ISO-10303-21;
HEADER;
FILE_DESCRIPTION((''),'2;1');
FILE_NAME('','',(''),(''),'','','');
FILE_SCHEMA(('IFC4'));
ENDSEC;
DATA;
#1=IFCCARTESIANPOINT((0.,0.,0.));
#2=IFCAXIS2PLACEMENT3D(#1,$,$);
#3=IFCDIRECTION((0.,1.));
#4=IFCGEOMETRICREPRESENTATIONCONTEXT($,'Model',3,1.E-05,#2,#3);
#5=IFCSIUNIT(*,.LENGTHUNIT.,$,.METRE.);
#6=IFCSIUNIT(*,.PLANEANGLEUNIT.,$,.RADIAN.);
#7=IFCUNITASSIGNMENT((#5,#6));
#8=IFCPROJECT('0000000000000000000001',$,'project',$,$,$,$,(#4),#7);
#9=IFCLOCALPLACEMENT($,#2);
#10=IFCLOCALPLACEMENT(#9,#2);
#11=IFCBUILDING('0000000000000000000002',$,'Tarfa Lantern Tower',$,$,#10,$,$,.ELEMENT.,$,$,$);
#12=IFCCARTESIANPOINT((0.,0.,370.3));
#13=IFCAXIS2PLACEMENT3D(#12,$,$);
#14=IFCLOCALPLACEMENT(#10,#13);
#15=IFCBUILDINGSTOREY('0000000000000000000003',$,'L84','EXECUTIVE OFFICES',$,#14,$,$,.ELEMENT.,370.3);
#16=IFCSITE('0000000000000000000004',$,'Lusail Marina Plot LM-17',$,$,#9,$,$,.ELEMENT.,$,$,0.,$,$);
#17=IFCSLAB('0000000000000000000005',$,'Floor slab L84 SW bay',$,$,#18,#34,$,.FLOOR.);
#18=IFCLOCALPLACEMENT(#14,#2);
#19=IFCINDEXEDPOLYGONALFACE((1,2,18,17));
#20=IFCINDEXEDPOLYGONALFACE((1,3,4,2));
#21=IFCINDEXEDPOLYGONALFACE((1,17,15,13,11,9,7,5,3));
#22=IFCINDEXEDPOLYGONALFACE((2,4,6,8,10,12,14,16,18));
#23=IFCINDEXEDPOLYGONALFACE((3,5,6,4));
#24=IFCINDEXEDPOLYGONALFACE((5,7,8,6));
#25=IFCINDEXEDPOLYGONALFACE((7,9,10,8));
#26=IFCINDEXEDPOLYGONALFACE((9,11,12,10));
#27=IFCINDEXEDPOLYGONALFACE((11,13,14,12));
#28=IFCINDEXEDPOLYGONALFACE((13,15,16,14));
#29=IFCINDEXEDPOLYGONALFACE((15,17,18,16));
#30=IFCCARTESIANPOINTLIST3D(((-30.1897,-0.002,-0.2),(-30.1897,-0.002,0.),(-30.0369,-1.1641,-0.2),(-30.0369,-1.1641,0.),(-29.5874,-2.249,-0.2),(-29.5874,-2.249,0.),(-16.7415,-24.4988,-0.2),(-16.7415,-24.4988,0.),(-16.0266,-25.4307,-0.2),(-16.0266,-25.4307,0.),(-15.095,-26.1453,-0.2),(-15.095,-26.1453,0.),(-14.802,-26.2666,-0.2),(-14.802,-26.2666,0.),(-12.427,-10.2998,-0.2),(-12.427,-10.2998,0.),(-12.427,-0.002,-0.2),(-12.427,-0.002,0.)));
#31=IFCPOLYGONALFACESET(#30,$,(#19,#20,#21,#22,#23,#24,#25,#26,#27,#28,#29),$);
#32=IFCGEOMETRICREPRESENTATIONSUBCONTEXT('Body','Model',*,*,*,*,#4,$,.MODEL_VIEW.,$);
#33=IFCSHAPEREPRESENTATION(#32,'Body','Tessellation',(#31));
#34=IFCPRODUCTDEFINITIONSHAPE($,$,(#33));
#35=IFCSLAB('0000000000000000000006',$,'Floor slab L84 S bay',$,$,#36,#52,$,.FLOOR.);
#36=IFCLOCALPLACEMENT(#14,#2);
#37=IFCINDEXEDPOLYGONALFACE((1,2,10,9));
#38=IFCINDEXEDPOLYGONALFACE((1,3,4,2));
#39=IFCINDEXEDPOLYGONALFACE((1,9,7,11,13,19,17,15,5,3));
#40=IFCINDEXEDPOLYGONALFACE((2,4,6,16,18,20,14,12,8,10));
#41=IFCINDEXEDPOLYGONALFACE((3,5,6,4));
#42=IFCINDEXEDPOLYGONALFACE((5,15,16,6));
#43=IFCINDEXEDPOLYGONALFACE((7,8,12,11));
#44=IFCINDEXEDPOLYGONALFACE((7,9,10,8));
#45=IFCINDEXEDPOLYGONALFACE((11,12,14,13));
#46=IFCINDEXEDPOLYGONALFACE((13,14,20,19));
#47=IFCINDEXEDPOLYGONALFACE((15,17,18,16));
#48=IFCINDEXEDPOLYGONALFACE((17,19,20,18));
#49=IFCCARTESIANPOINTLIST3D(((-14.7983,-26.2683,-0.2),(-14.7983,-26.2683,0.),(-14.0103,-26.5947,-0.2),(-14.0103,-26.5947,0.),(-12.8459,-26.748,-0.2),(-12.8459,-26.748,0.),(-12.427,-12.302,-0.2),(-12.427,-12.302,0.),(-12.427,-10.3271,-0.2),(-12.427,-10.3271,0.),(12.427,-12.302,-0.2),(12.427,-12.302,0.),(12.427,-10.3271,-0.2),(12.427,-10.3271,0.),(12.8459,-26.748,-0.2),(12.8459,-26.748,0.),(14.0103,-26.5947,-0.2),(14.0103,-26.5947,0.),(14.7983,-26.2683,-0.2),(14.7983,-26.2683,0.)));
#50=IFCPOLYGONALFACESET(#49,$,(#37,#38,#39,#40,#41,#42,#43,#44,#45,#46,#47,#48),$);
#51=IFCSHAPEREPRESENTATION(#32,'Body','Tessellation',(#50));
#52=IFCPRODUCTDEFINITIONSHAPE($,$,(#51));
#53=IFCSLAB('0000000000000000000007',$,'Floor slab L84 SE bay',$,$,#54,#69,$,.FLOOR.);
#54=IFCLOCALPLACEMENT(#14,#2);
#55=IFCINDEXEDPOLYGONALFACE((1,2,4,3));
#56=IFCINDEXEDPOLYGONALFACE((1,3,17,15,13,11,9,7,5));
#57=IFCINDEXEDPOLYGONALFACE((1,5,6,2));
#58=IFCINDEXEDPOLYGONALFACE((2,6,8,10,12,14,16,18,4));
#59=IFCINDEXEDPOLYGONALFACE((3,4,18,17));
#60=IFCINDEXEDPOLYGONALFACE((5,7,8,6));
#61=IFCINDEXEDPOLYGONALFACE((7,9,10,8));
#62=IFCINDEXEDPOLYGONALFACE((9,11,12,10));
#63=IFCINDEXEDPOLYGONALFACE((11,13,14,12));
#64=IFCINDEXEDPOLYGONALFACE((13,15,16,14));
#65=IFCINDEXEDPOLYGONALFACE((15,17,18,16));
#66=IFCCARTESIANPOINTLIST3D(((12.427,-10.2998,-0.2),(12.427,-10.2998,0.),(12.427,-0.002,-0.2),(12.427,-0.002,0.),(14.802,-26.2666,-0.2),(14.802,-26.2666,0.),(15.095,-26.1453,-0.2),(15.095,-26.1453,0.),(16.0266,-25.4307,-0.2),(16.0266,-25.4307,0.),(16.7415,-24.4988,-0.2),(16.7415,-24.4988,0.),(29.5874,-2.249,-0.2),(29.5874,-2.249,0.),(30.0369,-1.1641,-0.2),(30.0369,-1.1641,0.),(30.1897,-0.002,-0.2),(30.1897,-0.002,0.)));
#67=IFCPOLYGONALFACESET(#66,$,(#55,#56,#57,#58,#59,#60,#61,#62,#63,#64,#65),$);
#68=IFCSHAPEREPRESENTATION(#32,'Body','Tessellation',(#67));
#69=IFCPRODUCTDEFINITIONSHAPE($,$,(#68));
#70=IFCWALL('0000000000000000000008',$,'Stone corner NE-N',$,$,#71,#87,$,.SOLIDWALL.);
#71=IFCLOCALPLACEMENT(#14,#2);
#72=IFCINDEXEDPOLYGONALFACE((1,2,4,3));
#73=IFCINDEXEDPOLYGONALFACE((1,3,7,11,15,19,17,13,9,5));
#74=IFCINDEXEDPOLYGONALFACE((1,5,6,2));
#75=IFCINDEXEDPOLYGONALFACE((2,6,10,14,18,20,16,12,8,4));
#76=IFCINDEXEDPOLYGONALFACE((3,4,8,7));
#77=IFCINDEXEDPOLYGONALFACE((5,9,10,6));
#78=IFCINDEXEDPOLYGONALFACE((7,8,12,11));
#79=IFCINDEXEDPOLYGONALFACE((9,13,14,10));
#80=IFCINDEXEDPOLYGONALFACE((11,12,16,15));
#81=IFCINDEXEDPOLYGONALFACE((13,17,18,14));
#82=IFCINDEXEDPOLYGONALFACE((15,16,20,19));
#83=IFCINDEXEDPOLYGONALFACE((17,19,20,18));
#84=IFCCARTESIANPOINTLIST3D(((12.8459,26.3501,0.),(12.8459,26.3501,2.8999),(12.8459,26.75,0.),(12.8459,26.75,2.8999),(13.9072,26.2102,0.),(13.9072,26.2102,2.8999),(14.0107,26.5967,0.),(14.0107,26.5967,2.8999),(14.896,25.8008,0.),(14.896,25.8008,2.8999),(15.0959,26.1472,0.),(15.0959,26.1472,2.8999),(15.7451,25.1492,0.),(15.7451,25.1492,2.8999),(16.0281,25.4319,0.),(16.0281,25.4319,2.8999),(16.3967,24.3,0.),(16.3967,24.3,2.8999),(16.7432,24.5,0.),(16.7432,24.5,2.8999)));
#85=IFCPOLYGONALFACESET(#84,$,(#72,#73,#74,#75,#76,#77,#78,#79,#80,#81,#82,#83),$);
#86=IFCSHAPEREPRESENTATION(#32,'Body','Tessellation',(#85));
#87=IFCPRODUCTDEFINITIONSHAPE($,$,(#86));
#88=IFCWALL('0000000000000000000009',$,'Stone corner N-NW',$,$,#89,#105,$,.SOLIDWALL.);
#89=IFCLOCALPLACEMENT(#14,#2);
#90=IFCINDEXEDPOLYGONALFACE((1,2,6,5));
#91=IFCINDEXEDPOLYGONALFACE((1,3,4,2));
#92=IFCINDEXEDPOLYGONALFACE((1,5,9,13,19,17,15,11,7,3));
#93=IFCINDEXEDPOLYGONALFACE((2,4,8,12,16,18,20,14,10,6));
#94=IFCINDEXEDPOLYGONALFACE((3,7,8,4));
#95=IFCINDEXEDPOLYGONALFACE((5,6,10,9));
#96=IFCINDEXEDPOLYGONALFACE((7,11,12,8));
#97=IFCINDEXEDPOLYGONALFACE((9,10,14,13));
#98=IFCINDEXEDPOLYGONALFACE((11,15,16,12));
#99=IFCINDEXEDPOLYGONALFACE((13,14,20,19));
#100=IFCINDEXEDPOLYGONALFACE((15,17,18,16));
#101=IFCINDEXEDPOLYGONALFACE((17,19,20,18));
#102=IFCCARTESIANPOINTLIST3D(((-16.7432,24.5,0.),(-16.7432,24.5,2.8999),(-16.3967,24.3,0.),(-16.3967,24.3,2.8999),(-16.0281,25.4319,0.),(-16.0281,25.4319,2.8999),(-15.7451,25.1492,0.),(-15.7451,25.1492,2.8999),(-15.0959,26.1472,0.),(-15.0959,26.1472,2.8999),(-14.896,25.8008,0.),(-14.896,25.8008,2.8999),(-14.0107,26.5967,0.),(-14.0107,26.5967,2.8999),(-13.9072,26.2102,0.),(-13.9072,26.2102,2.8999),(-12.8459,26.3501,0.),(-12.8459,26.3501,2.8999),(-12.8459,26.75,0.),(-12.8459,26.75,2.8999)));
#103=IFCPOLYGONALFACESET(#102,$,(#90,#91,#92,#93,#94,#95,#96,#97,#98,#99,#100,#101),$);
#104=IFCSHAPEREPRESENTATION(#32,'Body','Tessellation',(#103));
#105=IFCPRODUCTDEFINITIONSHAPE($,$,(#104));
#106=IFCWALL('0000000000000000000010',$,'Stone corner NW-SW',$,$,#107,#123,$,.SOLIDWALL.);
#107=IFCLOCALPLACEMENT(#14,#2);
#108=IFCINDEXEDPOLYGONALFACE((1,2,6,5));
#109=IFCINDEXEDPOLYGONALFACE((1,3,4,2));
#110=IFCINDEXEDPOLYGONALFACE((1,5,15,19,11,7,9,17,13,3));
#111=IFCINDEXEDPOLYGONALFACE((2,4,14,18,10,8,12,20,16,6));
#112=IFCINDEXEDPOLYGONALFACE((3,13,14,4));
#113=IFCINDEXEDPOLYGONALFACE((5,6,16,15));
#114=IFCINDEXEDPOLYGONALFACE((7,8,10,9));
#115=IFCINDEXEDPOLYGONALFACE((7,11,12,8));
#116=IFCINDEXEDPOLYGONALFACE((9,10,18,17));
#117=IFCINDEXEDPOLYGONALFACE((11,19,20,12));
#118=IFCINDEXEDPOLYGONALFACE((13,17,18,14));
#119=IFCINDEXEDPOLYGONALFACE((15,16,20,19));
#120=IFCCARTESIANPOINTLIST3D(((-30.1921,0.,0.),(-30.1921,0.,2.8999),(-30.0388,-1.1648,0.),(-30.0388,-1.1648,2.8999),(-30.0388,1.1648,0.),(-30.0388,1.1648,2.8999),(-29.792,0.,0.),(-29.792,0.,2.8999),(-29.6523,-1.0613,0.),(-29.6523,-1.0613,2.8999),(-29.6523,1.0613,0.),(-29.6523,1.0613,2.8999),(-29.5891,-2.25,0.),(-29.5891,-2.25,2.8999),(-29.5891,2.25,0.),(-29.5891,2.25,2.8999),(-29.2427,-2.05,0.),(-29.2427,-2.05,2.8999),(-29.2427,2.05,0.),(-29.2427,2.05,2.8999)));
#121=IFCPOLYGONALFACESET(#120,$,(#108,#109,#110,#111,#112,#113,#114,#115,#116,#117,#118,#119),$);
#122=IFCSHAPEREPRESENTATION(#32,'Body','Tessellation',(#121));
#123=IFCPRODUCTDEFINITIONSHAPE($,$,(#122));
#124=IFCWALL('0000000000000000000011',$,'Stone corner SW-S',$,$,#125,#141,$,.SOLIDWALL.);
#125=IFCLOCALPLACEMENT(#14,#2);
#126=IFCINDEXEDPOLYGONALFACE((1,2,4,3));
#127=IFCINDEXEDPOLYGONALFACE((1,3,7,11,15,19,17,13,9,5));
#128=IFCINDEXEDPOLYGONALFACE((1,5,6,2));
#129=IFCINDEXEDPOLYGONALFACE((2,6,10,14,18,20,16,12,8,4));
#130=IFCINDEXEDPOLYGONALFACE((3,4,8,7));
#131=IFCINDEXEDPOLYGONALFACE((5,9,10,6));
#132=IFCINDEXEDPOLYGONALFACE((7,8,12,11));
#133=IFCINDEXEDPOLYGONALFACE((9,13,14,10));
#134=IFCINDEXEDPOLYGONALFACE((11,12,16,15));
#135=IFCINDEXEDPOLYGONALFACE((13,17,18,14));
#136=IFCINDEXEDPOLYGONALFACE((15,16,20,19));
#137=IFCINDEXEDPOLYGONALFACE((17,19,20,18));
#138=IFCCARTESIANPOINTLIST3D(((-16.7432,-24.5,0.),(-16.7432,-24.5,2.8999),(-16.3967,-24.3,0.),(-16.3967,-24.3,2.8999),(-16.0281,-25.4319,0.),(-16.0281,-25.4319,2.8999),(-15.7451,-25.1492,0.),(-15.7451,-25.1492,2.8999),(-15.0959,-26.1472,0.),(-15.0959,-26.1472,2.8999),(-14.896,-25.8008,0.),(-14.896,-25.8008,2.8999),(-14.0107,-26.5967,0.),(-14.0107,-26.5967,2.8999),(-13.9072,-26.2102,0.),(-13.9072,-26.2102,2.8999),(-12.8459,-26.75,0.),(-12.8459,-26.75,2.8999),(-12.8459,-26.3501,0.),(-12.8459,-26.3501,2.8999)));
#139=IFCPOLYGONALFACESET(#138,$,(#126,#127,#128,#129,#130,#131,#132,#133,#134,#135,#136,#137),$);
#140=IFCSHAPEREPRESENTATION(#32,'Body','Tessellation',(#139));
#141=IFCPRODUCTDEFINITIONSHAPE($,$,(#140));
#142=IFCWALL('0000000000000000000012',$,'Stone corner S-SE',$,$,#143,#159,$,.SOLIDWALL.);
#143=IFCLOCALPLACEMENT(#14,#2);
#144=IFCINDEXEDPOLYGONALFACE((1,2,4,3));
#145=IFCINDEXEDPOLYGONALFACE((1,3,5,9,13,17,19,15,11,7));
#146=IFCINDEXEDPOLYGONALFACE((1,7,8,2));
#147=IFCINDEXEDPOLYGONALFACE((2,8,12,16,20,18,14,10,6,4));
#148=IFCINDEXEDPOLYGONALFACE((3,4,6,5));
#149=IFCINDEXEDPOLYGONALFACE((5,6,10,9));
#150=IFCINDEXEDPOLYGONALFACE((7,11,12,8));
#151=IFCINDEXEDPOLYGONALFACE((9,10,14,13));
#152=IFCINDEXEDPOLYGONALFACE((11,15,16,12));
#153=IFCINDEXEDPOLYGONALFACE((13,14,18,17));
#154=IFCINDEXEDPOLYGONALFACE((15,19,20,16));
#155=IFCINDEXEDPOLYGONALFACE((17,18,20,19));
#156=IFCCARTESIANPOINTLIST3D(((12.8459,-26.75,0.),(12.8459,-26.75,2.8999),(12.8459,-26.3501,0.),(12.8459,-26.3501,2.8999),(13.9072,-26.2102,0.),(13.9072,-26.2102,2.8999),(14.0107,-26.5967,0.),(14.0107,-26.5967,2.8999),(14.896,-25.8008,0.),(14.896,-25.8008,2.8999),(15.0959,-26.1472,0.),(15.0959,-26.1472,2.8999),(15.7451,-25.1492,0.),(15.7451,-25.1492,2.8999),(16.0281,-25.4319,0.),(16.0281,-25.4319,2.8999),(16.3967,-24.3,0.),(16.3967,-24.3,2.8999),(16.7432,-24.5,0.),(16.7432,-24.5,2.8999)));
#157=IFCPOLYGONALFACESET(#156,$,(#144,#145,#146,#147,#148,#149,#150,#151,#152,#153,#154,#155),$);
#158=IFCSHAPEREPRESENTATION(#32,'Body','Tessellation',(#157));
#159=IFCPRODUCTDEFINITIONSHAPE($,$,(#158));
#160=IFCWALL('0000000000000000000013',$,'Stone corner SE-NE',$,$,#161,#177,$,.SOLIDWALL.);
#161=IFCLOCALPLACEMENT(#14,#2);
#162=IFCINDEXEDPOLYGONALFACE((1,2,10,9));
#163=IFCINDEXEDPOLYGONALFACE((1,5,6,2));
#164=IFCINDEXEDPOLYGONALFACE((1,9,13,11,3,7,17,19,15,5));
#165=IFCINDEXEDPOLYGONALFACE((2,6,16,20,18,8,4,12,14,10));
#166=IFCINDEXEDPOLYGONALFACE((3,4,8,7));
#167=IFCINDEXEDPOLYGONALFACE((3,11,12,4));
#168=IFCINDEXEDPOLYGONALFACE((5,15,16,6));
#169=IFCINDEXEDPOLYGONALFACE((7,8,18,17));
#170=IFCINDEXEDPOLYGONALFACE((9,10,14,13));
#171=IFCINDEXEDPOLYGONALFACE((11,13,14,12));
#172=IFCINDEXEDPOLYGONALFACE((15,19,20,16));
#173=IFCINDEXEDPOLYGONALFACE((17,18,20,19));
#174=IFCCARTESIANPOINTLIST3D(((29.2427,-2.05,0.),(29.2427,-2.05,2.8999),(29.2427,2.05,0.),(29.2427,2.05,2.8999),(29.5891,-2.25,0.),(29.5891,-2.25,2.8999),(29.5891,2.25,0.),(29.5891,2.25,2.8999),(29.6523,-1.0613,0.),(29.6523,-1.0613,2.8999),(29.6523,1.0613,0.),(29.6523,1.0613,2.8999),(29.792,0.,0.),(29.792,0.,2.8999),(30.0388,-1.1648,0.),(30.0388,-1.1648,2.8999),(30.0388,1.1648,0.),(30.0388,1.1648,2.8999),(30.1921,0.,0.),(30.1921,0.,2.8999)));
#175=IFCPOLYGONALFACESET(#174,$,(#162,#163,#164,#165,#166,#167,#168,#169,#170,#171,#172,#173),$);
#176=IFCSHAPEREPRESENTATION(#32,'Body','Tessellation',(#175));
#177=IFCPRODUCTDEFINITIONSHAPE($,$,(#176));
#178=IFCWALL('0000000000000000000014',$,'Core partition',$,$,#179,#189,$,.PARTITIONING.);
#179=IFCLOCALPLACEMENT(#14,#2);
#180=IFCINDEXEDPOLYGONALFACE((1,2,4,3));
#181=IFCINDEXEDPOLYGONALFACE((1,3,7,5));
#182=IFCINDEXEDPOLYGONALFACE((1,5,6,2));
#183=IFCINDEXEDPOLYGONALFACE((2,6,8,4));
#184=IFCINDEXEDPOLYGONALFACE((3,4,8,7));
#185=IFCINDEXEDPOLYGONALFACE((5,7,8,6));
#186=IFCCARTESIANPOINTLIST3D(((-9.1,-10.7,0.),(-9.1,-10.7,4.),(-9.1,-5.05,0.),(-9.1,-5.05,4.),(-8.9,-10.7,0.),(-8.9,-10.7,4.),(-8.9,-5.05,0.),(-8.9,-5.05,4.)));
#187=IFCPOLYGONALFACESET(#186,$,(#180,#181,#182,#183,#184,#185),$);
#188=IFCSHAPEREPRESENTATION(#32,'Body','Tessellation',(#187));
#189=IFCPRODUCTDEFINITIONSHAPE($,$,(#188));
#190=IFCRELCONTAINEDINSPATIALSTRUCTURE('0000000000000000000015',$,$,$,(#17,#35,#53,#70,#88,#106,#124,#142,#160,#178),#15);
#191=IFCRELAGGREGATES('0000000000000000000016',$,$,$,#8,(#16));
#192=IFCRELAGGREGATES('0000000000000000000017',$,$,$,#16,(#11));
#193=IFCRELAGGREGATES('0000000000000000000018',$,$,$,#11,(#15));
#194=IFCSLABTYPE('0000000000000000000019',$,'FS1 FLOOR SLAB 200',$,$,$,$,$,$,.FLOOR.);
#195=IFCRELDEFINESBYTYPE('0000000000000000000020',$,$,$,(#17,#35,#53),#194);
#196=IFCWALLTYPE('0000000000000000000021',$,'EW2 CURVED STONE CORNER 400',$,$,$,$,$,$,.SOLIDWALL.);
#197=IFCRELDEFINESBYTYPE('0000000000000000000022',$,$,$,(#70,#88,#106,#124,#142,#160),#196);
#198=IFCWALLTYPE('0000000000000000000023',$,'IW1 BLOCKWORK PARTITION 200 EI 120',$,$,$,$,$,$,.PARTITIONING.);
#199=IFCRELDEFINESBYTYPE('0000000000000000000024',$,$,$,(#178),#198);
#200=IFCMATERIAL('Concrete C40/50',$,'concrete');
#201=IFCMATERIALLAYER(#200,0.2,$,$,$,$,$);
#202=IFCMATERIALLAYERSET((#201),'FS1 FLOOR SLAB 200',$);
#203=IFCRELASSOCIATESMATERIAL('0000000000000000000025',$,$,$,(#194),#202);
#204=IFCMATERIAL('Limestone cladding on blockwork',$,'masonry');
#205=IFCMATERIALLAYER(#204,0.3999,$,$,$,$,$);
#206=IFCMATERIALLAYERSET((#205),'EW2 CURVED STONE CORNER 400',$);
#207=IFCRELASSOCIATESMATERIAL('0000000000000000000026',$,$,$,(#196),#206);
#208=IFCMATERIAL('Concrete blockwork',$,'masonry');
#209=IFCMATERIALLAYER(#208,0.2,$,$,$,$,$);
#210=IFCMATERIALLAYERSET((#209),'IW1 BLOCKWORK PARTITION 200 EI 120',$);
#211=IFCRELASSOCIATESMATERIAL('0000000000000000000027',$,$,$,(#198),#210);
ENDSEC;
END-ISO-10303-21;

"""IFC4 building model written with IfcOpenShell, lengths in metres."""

from ifc_helpers import new_model, si_unit, direction, frame, frame_2d, origin, place, context, subcontext, project, spatial, polyline, rectangle, outline, extrude, material, layer, layer_set, type_object, element, save


model = new_model("IFC4")

# Units and contexts
model_context = context("Model", 3, precision=1e-05, world=origin(), true_north=direction((0.0, 1.0)))
body_context = subcontext(model_context, "Body", "Model", "MODEL_VIEW")
ifc_project = project(units=[si_unit("LENGTHUNIT", "METRE"), si_unit("PLANEANGLEUNIT", "RADIAN")], contexts=[model_context])

# Site, building, storey
site_placement = place(None, origin())
site = spatial("IfcSite", under=ifc_project, at=site_placement, Name="Lusail Marina Plot LM-17", CompositionType="ELEMENT", RefElevation=0.0)
building_placement = place(site_placement, origin())
building = spatial("IfcBuilding", under=site, at=building_placement, Name="Tarfa Lantern Tower", CompositionType="ELEMENT")
storey_placement = place(building_placement, frame((0.0, 0.0, 370.3)))
storey = spatial("IfcBuildingStorey", under=building, at=storey_placement, Name="L84", Description="EXECUTIVE OFFICES", CompositionType="ELEMENT", Elevation=370.3)

# Slabs
ifc_material_1 = material(Name="Concrete C40/50", Category="concrete")
ifc_layer_1 = layer(ifc_material_1, 0.2)
ifc_layer_set_1 = layer_set([ifc_layer_1], Name="FS1 FLOOR SLAB 200")
slab_type_1 = type_object("IfcSlabType", Name="FS1 FLOOR SLAB 200", PredefinedType="FLOOR", material=ifc_layer_set_1)
slab_1_placement = place(storey_placement, frame((0.0, 0.0, -0.2)))
element("IfcSlab", 1, at=slab_1_placement, inside=storey, type_object=slab_type_1, Name="Floor slab L84 SW bay", PredefinedType="FLOOR", context=body_context, shape_type="SweptSolid", body=[
    extrude(outline(polyline([(-12.427, -10.2998), (-12.427, -0.002), (-30.1897, -0.002), (-30.0369, -1.1641), (-29.5874, -2.249), (-16.7415, -24.4988), (-16.0266, -25.4307), (-15.095, -26.1453), (-14.802, -26.2666), (-12.427, -10.2998)])), origin(), (0.0, 0.0, 1.0), 0.2),
])
slab_2_placement = place(storey_placement, frame((0.0, 0.0, -0.2)))
element("IfcSlab", 2, at=slab_2_placement, inside=storey, type_object=slab_type_1, Name="Floor slab L84 S bay", PredefinedType="FLOOR", context=body_context, shape_type="SweptSolid", body=[
    extrude(outline(polyline([(12.427, -10.3271), (12.427, -12.302), (-12.427, -12.302), (-12.427, -10.3271), (-14.7983, -26.2683), (-14.0103, -26.5947), (-12.8459, -26.748), (12.8459, -26.748), (14.0103, -26.5947), (14.7983, -26.2683), (12.427, -10.3271)])), origin(), (0.0, 0.0, 1.0), 0.2),
])
slab_3_placement = place(storey_placement, frame((0.0, 0.0, -0.2)))
element("IfcSlab", 3, at=slab_3_placement, inside=storey, type_object=slab_type_1, Name="Floor slab L84 SE bay", PredefinedType="FLOOR", context=body_context, shape_type="SweptSolid", body=[
    extrude(outline(polyline([(12.427, -0.002), (12.427, -10.2998), (14.802, -26.2666), (15.095, -26.1453), (16.0266, -25.4307), (16.7415, -24.4988), (29.5874, -2.249), (30.0369, -1.1641), (30.1897, -0.002), (12.427, -0.002)])), origin(), (0.0, 0.0, 1.0), 0.2),
])

# Walls
ifc_material_2 = material(Name="Limestone cladding on blockwork", Category="masonry")
ifc_layer_2 = layer(ifc_material_2, 0.3999)
ifc_layer_set_2 = layer_set([ifc_layer_2], Name="EW2 CURVED STONE CORNER 400")
wall_type_1 = type_object("IfcWallType", Name="EW2 CURVED STONE CORNER 400", PredefinedType="SOLIDWALL", material=ifc_layer_set_2)
wall_1_placement = place(storey_placement, origin())
element("IfcWall", 4, at=wall_1_placement, inside=storey, type_object=wall_type_1, Name="Stone corner NE-N", PredefinedType="SOLIDWALL", context=body_context, shape_type="SweptSolid", body=[
    extrude(outline(polyline([(16.7432, 24.5), (16.0281, 25.4319), (15.0959, 26.1472), (14.0107, 26.5967), (12.8459, 26.75), (12.8459, 26.3501), (13.9072, 26.2102), (14.896, 25.8008), (15.7451, 25.1492), (16.3967, 24.3), (16.7432, 24.5)])), origin(), (0.0, 0.0, 1.0), 2.8999),
])
wall_2_placement = place(storey_placement, origin())
element("IfcWall", 5, at=wall_2_placement, inside=storey, type_object=wall_type_1, Name="Stone corner N-NW", PredefinedType="SOLIDWALL", context=body_context, shape_type="SweptSolid", body=[
    extrude(outline(polyline([(-12.8459, 26.75), (-14.0107, 26.5967), (-15.0959, 26.1472), (-16.0281, 25.4319), (-16.7432, 24.5), (-16.3967, 24.3), (-15.7451, 25.1492), (-14.896, 25.8008), (-13.9072, 26.2102), (-12.8459, 26.3501), (-12.8459, 26.75)])), origin(), (0.0, 0.0, 1.0), 2.8999),
])
wall_3_placement = place(storey_placement, origin())
element("IfcWall", 6, at=wall_3_placement, inside=storey, type_object=wall_type_1, Name="Stone corner NW-SW", PredefinedType="SOLIDWALL", context=body_context, shape_type="SweptSolid", body=[
    extrude(outline(polyline([(-29.5891, 2.25), (-30.0388, 1.1648), (-30.1921, 0.0), (-30.0388, -1.1648), (-29.5891, -2.25), (-29.2427, -2.05), (-29.6523, -1.0613), (-29.792, 0.0), (-29.6523, 1.0613), (-29.2427, 2.05), (-29.5891, 2.25)])), origin(), (0.0, 0.0, 1.0), 2.8999),
])
wall_4_placement = place(storey_placement, origin())
element("IfcWall", 7, at=wall_4_placement, inside=storey, type_object=wall_type_1, Name="Stone corner SW-S", PredefinedType="SOLIDWALL", context=body_context, shape_type="SweptSolid", body=[
    extrude(outline(polyline([(-16.7432, -24.5), (-16.0281, -25.4319), (-15.0959, -26.1472), (-14.0107, -26.5967), (-12.8459, -26.75), (-12.8459, -26.3501), (-13.9072, -26.2102), (-14.896, -25.8008), (-15.7451, -25.1492), (-16.3967, -24.3), (-16.7432, -24.5)])), origin(), (0.0, 0.0, 1.0), 2.8999),
])
wall_5_placement = place(storey_placement, origin())
element("IfcWall", 8, at=wall_5_placement, inside=storey, type_object=wall_type_1, Name="Stone corner S-SE", PredefinedType="SOLIDWALL", context=body_context, shape_type="SweptSolid", body=[
    extrude(outline(polyline([(12.8459, -26.75), (14.0107, -26.5967), (15.0959, -26.1472), (16.0281, -25.4319), (16.7432, -24.5), (16.3967, -24.3), (15.7451, -25.1492), (14.896, -25.8008), (13.9072, -26.2102), (12.8459, -26.3501), (12.8459, -26.75)])), origin(), (0.0, 0.0, 1.0), 2.8999),
])
wall_6_placement = place(storey_placement, origin())
element("IfcWall", 9, at=wall_6_placement, inside=storey, type_object=wall_type_1, Name="Stone corner SE-NE", PredefinedType="SOLIDWALL", context=body_context, shape_type="SweptSolid", body=[
    extrude(outline(polyline([(29.5891, -2.25), (30.0388, -1.1648), (30.1921, 0.0), (30.0388, 1.1648), (29.5891, 2.25), (29.2427, 2.05), (29.6523, 1.0613), (29.792, 0.0), (29.6523, -1.0613), (29.2427, -2.05), (29.5891, -2.25)])), origin(), (0.0, 0.0, 1.0), 2.8999),
])
ifc_material_3 = material(Name="Concrete blockwork", Category="masonry")
ifc_layer_3 = layer(ifc_material_3, 0.2)
ifc_layer_set_3 = layer_set([ifc_layer_3], Name="IW1 BLOCKWORK PARTITION 200 EI 120")
wall_type_2 = type_object("IfcWallType", Name="IW1 BLOCKWORK PARTITION 200 EI 120", PredefinedType="PARTITIONING", material=ifc_layer_set_3)
for number, where, z_axis, x_axis, name in (
    (10, (-9.0, -5.05, 0.0), (0.0, 0.0, 1.0), (0.0, -1.0, 0.0), "Core partition"),
):
    element("IfcWall", number, at=place(storey_placement, frame(where, z_axis=z_axis, x_axis=x_axis)), inside=storey, type_object=wall_type_2, Name=name, PredefinedType="PARTITIONING", context=body_context, shape_type="SweptSolid", body=[
        extrude(rectangle(XDim=5.6499, YDim=0.2, at=frame_2d((2.825, 0.0))), origin(), (0.0, 0.0, 1.0), 4.0),
    ])

save(model, "model.ifc")
